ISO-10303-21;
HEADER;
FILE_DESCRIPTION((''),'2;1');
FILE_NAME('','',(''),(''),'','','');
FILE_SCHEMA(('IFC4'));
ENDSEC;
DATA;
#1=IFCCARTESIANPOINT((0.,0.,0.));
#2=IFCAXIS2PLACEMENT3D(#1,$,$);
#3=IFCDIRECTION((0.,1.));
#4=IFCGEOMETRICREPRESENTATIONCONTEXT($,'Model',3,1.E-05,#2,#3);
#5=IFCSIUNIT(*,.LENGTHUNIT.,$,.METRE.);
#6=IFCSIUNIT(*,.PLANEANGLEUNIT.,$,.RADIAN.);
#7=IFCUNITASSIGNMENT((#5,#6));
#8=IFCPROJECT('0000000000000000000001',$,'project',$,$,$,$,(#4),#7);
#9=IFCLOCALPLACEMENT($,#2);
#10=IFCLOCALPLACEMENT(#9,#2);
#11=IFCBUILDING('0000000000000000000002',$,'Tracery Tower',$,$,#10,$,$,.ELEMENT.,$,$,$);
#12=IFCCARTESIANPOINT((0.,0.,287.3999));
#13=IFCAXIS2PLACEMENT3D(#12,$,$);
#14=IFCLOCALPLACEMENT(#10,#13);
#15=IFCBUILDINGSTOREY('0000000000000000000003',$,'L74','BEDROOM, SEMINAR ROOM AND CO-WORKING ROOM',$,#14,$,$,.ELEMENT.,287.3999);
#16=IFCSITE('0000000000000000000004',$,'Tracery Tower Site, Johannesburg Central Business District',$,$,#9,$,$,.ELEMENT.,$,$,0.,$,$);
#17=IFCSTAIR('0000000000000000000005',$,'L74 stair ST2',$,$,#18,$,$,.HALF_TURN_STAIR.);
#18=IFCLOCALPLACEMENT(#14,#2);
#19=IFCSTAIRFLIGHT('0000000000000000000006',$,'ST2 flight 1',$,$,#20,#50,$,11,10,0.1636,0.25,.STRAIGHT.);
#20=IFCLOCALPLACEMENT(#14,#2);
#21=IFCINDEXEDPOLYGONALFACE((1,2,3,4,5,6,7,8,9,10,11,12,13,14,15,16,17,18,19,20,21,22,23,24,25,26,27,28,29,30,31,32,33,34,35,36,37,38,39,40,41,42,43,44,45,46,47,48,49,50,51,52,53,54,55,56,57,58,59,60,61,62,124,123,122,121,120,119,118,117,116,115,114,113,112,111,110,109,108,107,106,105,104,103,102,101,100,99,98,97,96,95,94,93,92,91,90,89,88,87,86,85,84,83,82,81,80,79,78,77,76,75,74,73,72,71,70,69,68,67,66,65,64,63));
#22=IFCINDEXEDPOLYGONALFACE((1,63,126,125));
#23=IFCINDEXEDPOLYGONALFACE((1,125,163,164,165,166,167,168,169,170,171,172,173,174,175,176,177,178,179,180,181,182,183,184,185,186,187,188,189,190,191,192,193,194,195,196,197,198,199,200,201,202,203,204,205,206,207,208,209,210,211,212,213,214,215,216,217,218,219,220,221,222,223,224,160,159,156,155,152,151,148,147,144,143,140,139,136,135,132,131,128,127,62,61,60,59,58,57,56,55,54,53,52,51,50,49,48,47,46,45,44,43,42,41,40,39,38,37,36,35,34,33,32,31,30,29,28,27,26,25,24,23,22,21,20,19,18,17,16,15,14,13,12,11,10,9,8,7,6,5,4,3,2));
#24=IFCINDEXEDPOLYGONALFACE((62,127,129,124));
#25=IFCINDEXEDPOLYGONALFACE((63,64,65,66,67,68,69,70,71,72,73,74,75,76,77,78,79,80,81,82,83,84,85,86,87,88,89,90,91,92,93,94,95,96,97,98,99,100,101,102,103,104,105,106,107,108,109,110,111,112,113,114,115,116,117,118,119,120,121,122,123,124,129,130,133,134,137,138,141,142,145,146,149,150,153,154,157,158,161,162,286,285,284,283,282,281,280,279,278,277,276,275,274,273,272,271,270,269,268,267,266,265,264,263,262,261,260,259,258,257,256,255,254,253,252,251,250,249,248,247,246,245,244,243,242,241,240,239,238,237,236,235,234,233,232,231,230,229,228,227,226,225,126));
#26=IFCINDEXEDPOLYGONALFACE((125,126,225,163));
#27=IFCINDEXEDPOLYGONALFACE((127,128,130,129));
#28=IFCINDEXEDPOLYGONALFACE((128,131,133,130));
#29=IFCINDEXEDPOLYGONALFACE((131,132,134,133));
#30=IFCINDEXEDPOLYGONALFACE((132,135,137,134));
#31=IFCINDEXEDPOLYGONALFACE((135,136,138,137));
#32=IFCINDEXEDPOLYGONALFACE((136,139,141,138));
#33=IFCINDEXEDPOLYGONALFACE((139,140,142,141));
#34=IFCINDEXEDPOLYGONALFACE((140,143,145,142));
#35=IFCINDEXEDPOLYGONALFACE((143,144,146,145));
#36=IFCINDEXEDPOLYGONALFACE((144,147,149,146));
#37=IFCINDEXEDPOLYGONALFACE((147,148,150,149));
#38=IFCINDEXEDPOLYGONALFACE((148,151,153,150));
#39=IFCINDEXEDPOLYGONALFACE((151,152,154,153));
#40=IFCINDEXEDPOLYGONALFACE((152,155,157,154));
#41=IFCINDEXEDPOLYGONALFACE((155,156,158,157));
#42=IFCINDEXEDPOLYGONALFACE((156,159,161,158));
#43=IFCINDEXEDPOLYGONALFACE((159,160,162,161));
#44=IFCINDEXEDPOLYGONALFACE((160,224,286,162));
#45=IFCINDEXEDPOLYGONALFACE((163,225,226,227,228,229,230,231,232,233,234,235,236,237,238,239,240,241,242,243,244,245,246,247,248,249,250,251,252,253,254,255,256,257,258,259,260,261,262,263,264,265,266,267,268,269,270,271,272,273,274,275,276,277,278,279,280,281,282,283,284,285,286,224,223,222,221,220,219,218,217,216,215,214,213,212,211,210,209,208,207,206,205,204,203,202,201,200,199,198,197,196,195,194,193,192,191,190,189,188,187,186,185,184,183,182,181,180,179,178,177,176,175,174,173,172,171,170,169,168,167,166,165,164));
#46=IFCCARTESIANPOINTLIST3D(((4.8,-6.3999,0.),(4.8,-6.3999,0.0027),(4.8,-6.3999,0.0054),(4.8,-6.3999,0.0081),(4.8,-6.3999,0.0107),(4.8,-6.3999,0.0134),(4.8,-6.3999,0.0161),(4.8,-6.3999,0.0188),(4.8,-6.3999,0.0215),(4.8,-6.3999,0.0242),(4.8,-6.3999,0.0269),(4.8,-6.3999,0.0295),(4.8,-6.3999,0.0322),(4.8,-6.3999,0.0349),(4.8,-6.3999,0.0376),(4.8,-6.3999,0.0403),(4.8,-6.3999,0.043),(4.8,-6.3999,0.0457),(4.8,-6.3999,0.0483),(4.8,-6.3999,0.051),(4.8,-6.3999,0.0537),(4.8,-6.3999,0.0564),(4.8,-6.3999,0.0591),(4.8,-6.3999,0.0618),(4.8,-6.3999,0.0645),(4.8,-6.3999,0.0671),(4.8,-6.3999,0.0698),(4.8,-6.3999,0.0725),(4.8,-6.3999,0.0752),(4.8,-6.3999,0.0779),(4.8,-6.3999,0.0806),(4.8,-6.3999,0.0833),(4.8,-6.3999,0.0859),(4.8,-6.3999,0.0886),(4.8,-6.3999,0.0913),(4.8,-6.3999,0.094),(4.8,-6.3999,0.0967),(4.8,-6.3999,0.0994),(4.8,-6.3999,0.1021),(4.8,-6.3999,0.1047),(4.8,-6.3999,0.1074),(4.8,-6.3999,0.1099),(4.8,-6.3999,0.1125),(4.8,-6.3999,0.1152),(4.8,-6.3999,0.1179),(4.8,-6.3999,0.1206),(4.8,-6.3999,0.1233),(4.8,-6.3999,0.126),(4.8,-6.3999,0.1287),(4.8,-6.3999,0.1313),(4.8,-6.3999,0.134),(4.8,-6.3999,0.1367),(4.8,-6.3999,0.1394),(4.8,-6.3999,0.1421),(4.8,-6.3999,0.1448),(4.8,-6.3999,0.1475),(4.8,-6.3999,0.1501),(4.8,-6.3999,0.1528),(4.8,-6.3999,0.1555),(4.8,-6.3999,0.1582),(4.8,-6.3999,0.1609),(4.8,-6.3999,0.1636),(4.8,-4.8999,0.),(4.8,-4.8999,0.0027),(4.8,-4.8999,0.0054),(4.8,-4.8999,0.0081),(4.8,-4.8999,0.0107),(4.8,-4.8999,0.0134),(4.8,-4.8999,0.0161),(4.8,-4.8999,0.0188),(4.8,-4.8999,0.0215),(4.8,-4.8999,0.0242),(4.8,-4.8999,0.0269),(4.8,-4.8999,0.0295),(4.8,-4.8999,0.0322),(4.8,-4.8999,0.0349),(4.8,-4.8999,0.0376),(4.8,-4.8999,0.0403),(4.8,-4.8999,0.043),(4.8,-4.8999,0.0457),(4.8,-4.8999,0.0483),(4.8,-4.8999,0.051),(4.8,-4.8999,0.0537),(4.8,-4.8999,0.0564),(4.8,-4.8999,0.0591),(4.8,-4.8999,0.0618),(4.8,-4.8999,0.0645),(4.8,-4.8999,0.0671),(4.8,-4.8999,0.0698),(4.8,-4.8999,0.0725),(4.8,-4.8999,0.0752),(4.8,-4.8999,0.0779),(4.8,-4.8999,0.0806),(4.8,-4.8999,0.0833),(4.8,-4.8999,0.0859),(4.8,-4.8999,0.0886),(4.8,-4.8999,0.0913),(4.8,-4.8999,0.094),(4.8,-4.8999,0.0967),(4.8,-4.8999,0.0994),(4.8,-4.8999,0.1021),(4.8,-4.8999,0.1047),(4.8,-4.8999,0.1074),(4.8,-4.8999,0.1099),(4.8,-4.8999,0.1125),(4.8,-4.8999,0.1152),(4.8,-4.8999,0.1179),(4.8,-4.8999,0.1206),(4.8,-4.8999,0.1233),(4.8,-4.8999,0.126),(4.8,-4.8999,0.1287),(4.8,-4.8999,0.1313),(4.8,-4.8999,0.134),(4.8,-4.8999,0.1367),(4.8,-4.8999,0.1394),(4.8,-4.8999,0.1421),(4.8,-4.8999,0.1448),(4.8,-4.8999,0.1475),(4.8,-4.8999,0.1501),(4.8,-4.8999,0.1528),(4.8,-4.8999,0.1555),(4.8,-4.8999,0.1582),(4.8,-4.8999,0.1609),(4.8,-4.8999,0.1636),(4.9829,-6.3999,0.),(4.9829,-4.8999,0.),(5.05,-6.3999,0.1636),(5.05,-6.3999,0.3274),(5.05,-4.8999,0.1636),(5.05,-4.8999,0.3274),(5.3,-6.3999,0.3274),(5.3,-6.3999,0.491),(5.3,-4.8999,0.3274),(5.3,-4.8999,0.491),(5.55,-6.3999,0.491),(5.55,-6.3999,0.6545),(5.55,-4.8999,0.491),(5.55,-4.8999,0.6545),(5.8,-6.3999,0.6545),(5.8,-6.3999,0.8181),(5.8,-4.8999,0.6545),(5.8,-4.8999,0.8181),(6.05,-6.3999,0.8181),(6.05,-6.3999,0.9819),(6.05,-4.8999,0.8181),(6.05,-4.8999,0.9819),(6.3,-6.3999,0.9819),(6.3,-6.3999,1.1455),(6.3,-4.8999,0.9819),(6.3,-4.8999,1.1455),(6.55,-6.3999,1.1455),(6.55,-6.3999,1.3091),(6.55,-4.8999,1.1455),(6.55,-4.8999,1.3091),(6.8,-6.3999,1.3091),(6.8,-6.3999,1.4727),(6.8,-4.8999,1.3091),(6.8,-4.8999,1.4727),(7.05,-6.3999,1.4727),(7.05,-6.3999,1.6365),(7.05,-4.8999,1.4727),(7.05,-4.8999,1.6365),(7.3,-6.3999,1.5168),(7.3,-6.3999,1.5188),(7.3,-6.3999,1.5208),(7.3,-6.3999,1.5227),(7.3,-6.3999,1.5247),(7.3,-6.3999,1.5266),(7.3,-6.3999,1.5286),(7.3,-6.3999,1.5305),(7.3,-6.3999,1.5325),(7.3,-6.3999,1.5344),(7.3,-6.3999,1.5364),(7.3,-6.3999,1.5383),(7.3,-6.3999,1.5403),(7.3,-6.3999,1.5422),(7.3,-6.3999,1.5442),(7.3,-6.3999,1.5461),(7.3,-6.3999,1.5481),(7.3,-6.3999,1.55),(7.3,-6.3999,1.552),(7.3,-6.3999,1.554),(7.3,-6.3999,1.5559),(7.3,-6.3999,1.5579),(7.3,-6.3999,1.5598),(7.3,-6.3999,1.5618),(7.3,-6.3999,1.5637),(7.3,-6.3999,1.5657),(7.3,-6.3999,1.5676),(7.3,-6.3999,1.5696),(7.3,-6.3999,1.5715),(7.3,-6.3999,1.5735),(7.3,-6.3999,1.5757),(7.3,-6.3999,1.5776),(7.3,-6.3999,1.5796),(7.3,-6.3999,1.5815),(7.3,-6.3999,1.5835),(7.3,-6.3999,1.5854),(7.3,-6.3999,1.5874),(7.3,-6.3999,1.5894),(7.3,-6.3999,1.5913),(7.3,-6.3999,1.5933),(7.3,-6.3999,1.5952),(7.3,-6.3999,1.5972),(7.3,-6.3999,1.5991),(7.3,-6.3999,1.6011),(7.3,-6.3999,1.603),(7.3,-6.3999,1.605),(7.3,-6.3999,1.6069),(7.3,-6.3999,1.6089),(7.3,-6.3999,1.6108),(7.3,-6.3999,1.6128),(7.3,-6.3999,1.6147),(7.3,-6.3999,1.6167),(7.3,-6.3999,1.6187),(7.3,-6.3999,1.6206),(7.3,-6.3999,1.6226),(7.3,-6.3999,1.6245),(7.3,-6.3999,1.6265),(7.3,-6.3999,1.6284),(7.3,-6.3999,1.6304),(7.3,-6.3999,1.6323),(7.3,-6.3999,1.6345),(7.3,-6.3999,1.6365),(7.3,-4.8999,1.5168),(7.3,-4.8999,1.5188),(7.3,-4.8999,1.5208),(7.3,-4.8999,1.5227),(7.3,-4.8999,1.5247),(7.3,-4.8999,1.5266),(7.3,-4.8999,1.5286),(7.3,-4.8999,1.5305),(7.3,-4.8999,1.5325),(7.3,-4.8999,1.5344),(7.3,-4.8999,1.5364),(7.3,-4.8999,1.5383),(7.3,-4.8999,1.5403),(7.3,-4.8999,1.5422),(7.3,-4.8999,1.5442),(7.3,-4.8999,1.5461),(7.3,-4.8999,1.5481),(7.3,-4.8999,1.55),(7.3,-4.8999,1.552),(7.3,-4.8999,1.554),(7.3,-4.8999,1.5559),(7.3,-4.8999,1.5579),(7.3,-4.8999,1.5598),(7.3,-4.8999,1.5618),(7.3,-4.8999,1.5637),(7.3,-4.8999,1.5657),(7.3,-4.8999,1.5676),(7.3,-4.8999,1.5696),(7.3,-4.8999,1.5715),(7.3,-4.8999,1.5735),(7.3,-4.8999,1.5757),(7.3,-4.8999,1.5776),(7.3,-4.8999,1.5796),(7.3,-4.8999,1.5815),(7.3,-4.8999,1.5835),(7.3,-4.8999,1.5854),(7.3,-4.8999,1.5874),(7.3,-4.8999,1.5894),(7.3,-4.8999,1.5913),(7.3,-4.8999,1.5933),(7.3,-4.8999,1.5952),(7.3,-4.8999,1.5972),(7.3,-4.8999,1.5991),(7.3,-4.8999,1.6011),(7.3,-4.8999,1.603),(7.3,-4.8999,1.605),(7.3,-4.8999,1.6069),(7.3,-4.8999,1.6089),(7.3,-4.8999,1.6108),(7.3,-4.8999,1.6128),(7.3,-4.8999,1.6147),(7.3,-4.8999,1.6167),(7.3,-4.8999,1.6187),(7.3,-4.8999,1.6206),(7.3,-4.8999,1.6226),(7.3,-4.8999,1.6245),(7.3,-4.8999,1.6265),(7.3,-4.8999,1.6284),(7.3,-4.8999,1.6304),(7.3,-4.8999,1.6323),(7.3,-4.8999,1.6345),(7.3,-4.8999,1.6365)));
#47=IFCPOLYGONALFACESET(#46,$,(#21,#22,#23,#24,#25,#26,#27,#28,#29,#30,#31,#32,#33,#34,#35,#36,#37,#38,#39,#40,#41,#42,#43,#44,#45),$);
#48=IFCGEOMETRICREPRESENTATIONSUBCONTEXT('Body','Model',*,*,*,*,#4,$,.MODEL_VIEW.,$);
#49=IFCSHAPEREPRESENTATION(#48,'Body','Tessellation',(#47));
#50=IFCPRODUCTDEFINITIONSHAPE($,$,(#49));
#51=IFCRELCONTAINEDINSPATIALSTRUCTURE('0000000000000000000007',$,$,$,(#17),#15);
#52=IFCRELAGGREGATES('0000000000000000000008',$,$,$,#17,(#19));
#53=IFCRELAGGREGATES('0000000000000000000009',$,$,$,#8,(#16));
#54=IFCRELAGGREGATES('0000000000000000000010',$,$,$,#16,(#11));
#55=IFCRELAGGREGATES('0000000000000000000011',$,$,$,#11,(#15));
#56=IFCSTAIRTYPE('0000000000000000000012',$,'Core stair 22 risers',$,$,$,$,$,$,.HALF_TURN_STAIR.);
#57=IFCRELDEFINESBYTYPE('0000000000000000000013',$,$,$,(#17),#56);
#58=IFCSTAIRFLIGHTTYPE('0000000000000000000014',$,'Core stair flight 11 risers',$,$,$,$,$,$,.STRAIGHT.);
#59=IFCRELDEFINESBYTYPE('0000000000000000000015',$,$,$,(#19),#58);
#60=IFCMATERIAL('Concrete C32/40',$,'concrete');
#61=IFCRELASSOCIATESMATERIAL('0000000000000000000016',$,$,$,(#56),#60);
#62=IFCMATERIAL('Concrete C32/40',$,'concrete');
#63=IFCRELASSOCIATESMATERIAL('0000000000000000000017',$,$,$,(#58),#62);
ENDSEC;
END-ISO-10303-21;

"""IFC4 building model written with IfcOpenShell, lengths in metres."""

from ifc_helpers import new_model, si_unit, direction, frame, origin, place, context, subcontext, project, spatial, polyline, outline, extrude, material, type_object, element, aggregate, save


model = new_model("IFC4")

# Units and contexts
model_context = context("Model", 3, precision=1e-05, world=origin(), true_north=direction((0.0, 1.0)))
body_context = subcontext(model_context, "Body", "Model", "MODEL_VIEW")
ifc_project = project(units=[si_unit("LENGTHUNIT", "METRE"), si_unit("PLANEANGLEUNIT", "RADIAN")], contexts=[model_context])

# Site, building, storey
site_placement = place(None, origin())
site = spatial("IfcSite", under=ifc_project, at=site_placement, Name="Tracery Tower Site, Johannesburg Central Business District", CompositionType="ELEMENT", RefElevation=0.0)
building_placement = place(site_placement, origin())
building = spatial("IfcBuilding", under=site, at=building_placement, Name="Tracery Tower", CompositionType="ELEMENT")
storey_placement = place(building_placement, frame((0.0, 0.0, 287.3999)))
storey = spatial("IfcBuildingStorey", under=building, at=storey_placement, Name="L74", Description="BEDROOM, SEMINAR ROOM AND CO-WORKING ROOM", CompositionType="ELEMENT", Elevation=287.3999)

# Stair, stair flight
ifc_material_1 = material(Name="Concrete C32/40", Category="concrete")
stair_type = type_object("IfcStairType", Name="Core stair 22 risers", PredefinedType="HALF_TURN_STAIR", material=ifc_material_1)
stair_placement = place(storey_placement, origin())
stair = element("IfcStair", 1, at=stair_placement, inside=storey, type_object=stair_type, Name="L74 stair ST2", PredefinedType="HALF_TURN_STAIR")
ifc_material_2 = material(Name="Concrete C32/40", Category="concrete")
stair_flight_type = type_object("IfcStairFlightType", Name="Core stair flight 11 risers", PredefinedType="STRAIGHT", material=ifc_material_2)
stair_flight_placement = place(storey_placement, frame((4.8, -5.6499, 0.0), z_axis=(0.0, 0.0, 1.0), x_axis=(1.0, 0.0, 0.0)))
stair_flight = element("IfcStairFlight", 2, at=stair_flight_placement, type_object=stair_flight_type, Name="ST2 flight 1", NumberOfRisers=11, NumberOfTreads=10, PredefinedType="STRAIGHT", RiserHeight=0.1636, TreadLength=0.25, context=body_context, shape_type="SweptSolid", body=[
    extrude(outline(polyline([(0.0, 0.0), (0.0, 0.0027), (0.0, 0.0054), (0.0, 0.0081), (0.0, 0.0107), (0.0, 0.0134), (0.0, 0.0161), (0.0, 0.0188), (0.0, 0.0215), (0.0, 0.0242), (0.0, 0.0269), (0.0, 0.0295), (0.0, 0.0322), (0.0, 0.0349), (0.0, 0.0376), (0.0, 0.0403), (0.0, 0.043), (0.0, 0.0457), (0.0, 0.0483), (0.0, 0.051), (0.0, 0.0537), (0.0, 0.0564), (0.0, 0.0591), (0.0, 0.0618), (0.0, 0.0645), (0.0, 0.0671), (0.0, 0.0698), (0.0, 0.0725), (0.0, 0.0752), (0.0, 0.0779), (0.0, 0.0806), (0.0, 0.0833), (0.0, 0.0859), (0.0, 0.0886), (0.0, 0.0913), (0.0, 0.094), (0.0, 0.0967), (0.0, 0.0994), (0.0, 0.1021), (0.0, 0.1047), (0.0, 0.1074), (0.0, 0.1099), (0.0, 0.1125), (0.0, 0.1152), (0.0, 0.1179), (0.0, 0.1206), (0.0, 0.1233), (0.0, 0.126), (0.0, 0.1287), (0.0, 0.1313), (0.0, 0.134), (0.0, 0.1367), (0.0, 0.1394), (0.0, 0.1421), (0.0, 0.1448), (0.0, 0.1475), (0.0, 0.1501), (0.0, 0.1528), (0.0, 0.1555), (0.0, 0.1582), (0.0, 0.1609), (0.0, 0.1636), (0.25, 0.1636), (0.25, 0.3274), (0.5, 0.3274), (0.5, 0.491), (0.75, 0.491), (0.75, 0.6545), (1.0, 0.6545), (1.0, 0.8181), (1.25, 0.8181), (1.25, 0.9819), (1.5, 0.9819), (1.5, 1.1455), (1.75, 1.1455), (1.75, 1.3091), (2.0, 1.3091), (2.0, 1.4727), (2.25, 1.4727), (2.25, 1.6365), (2.5, 1.6365), (2.5, 1.6345), (2.5, 1.6323), (2.5, 1.6304), (2.5, 1.6284), (2.5, 1.6265), (2.5, 1.6245), (2.5, 1.6226), (2.5, 1.6206), (2.5, 1.6187), (2.5, 1.6167), (2.5, 1.6147), (2.5, 1.6128), (2.5, 1.6108), (2.5, 1.6089), (2.5, 1.6069), (2.5, 1.605), (2.5, 1.603), (2.5, 1.6011), (2.5, 1.5991), (2.5, 1.5972), (2.5, 1.5952), (2.5, 1.5933), (2.5, 1.5913), (2.5, 1.5894), (2.5, 1.5874), (2.5, 1.5854), (2.5, 1.5835), (2.5, 1.5815), (2.5, 1.5796), (2.5, 1.5776), (2.5, 1.5757), (2.5, 1.5735), (2.5, 1.5715), (2.5, 1.5696), (2.5, 1.5676), (2.5, 1.5657), (2.5, 1.5637), (2.5, 1.5618), (2.5, 1.5598), (2.5, 1.5579), (2.5, 1.5559), (2.5, 1.554), (2.5, 1.552), (2.5, 1.55), (2.5, 1.5481), (2.5, 1.5461), (2.5, 1.5442), (2.5, 1.5422), (2.5, 1.5403), (2.5, 1.5383), (2.5, 1.5364), (2.5, 1.5344), (2.5, 1.5325), (2.5, 1.5305), (2.5, 1.5286), (2.5, 1.5266), (2.5, 1.5247), (2.5, 1.5227), (2.5, 1.5208), (2.5, 1.5188), (2.5, 1.5168), (0.1829, 0.0), (0.0, 0.0)])), frame((0.0, 0.75, 0.0), z_axis=(0.0, -1.0, 0.0), x_axis=(1.0, 0.0, 0.0)), (0.0, 0.0, 1.0), 1.5),
])
aggregate(stair, [stair_flight])

save(model, "model.ifc")
